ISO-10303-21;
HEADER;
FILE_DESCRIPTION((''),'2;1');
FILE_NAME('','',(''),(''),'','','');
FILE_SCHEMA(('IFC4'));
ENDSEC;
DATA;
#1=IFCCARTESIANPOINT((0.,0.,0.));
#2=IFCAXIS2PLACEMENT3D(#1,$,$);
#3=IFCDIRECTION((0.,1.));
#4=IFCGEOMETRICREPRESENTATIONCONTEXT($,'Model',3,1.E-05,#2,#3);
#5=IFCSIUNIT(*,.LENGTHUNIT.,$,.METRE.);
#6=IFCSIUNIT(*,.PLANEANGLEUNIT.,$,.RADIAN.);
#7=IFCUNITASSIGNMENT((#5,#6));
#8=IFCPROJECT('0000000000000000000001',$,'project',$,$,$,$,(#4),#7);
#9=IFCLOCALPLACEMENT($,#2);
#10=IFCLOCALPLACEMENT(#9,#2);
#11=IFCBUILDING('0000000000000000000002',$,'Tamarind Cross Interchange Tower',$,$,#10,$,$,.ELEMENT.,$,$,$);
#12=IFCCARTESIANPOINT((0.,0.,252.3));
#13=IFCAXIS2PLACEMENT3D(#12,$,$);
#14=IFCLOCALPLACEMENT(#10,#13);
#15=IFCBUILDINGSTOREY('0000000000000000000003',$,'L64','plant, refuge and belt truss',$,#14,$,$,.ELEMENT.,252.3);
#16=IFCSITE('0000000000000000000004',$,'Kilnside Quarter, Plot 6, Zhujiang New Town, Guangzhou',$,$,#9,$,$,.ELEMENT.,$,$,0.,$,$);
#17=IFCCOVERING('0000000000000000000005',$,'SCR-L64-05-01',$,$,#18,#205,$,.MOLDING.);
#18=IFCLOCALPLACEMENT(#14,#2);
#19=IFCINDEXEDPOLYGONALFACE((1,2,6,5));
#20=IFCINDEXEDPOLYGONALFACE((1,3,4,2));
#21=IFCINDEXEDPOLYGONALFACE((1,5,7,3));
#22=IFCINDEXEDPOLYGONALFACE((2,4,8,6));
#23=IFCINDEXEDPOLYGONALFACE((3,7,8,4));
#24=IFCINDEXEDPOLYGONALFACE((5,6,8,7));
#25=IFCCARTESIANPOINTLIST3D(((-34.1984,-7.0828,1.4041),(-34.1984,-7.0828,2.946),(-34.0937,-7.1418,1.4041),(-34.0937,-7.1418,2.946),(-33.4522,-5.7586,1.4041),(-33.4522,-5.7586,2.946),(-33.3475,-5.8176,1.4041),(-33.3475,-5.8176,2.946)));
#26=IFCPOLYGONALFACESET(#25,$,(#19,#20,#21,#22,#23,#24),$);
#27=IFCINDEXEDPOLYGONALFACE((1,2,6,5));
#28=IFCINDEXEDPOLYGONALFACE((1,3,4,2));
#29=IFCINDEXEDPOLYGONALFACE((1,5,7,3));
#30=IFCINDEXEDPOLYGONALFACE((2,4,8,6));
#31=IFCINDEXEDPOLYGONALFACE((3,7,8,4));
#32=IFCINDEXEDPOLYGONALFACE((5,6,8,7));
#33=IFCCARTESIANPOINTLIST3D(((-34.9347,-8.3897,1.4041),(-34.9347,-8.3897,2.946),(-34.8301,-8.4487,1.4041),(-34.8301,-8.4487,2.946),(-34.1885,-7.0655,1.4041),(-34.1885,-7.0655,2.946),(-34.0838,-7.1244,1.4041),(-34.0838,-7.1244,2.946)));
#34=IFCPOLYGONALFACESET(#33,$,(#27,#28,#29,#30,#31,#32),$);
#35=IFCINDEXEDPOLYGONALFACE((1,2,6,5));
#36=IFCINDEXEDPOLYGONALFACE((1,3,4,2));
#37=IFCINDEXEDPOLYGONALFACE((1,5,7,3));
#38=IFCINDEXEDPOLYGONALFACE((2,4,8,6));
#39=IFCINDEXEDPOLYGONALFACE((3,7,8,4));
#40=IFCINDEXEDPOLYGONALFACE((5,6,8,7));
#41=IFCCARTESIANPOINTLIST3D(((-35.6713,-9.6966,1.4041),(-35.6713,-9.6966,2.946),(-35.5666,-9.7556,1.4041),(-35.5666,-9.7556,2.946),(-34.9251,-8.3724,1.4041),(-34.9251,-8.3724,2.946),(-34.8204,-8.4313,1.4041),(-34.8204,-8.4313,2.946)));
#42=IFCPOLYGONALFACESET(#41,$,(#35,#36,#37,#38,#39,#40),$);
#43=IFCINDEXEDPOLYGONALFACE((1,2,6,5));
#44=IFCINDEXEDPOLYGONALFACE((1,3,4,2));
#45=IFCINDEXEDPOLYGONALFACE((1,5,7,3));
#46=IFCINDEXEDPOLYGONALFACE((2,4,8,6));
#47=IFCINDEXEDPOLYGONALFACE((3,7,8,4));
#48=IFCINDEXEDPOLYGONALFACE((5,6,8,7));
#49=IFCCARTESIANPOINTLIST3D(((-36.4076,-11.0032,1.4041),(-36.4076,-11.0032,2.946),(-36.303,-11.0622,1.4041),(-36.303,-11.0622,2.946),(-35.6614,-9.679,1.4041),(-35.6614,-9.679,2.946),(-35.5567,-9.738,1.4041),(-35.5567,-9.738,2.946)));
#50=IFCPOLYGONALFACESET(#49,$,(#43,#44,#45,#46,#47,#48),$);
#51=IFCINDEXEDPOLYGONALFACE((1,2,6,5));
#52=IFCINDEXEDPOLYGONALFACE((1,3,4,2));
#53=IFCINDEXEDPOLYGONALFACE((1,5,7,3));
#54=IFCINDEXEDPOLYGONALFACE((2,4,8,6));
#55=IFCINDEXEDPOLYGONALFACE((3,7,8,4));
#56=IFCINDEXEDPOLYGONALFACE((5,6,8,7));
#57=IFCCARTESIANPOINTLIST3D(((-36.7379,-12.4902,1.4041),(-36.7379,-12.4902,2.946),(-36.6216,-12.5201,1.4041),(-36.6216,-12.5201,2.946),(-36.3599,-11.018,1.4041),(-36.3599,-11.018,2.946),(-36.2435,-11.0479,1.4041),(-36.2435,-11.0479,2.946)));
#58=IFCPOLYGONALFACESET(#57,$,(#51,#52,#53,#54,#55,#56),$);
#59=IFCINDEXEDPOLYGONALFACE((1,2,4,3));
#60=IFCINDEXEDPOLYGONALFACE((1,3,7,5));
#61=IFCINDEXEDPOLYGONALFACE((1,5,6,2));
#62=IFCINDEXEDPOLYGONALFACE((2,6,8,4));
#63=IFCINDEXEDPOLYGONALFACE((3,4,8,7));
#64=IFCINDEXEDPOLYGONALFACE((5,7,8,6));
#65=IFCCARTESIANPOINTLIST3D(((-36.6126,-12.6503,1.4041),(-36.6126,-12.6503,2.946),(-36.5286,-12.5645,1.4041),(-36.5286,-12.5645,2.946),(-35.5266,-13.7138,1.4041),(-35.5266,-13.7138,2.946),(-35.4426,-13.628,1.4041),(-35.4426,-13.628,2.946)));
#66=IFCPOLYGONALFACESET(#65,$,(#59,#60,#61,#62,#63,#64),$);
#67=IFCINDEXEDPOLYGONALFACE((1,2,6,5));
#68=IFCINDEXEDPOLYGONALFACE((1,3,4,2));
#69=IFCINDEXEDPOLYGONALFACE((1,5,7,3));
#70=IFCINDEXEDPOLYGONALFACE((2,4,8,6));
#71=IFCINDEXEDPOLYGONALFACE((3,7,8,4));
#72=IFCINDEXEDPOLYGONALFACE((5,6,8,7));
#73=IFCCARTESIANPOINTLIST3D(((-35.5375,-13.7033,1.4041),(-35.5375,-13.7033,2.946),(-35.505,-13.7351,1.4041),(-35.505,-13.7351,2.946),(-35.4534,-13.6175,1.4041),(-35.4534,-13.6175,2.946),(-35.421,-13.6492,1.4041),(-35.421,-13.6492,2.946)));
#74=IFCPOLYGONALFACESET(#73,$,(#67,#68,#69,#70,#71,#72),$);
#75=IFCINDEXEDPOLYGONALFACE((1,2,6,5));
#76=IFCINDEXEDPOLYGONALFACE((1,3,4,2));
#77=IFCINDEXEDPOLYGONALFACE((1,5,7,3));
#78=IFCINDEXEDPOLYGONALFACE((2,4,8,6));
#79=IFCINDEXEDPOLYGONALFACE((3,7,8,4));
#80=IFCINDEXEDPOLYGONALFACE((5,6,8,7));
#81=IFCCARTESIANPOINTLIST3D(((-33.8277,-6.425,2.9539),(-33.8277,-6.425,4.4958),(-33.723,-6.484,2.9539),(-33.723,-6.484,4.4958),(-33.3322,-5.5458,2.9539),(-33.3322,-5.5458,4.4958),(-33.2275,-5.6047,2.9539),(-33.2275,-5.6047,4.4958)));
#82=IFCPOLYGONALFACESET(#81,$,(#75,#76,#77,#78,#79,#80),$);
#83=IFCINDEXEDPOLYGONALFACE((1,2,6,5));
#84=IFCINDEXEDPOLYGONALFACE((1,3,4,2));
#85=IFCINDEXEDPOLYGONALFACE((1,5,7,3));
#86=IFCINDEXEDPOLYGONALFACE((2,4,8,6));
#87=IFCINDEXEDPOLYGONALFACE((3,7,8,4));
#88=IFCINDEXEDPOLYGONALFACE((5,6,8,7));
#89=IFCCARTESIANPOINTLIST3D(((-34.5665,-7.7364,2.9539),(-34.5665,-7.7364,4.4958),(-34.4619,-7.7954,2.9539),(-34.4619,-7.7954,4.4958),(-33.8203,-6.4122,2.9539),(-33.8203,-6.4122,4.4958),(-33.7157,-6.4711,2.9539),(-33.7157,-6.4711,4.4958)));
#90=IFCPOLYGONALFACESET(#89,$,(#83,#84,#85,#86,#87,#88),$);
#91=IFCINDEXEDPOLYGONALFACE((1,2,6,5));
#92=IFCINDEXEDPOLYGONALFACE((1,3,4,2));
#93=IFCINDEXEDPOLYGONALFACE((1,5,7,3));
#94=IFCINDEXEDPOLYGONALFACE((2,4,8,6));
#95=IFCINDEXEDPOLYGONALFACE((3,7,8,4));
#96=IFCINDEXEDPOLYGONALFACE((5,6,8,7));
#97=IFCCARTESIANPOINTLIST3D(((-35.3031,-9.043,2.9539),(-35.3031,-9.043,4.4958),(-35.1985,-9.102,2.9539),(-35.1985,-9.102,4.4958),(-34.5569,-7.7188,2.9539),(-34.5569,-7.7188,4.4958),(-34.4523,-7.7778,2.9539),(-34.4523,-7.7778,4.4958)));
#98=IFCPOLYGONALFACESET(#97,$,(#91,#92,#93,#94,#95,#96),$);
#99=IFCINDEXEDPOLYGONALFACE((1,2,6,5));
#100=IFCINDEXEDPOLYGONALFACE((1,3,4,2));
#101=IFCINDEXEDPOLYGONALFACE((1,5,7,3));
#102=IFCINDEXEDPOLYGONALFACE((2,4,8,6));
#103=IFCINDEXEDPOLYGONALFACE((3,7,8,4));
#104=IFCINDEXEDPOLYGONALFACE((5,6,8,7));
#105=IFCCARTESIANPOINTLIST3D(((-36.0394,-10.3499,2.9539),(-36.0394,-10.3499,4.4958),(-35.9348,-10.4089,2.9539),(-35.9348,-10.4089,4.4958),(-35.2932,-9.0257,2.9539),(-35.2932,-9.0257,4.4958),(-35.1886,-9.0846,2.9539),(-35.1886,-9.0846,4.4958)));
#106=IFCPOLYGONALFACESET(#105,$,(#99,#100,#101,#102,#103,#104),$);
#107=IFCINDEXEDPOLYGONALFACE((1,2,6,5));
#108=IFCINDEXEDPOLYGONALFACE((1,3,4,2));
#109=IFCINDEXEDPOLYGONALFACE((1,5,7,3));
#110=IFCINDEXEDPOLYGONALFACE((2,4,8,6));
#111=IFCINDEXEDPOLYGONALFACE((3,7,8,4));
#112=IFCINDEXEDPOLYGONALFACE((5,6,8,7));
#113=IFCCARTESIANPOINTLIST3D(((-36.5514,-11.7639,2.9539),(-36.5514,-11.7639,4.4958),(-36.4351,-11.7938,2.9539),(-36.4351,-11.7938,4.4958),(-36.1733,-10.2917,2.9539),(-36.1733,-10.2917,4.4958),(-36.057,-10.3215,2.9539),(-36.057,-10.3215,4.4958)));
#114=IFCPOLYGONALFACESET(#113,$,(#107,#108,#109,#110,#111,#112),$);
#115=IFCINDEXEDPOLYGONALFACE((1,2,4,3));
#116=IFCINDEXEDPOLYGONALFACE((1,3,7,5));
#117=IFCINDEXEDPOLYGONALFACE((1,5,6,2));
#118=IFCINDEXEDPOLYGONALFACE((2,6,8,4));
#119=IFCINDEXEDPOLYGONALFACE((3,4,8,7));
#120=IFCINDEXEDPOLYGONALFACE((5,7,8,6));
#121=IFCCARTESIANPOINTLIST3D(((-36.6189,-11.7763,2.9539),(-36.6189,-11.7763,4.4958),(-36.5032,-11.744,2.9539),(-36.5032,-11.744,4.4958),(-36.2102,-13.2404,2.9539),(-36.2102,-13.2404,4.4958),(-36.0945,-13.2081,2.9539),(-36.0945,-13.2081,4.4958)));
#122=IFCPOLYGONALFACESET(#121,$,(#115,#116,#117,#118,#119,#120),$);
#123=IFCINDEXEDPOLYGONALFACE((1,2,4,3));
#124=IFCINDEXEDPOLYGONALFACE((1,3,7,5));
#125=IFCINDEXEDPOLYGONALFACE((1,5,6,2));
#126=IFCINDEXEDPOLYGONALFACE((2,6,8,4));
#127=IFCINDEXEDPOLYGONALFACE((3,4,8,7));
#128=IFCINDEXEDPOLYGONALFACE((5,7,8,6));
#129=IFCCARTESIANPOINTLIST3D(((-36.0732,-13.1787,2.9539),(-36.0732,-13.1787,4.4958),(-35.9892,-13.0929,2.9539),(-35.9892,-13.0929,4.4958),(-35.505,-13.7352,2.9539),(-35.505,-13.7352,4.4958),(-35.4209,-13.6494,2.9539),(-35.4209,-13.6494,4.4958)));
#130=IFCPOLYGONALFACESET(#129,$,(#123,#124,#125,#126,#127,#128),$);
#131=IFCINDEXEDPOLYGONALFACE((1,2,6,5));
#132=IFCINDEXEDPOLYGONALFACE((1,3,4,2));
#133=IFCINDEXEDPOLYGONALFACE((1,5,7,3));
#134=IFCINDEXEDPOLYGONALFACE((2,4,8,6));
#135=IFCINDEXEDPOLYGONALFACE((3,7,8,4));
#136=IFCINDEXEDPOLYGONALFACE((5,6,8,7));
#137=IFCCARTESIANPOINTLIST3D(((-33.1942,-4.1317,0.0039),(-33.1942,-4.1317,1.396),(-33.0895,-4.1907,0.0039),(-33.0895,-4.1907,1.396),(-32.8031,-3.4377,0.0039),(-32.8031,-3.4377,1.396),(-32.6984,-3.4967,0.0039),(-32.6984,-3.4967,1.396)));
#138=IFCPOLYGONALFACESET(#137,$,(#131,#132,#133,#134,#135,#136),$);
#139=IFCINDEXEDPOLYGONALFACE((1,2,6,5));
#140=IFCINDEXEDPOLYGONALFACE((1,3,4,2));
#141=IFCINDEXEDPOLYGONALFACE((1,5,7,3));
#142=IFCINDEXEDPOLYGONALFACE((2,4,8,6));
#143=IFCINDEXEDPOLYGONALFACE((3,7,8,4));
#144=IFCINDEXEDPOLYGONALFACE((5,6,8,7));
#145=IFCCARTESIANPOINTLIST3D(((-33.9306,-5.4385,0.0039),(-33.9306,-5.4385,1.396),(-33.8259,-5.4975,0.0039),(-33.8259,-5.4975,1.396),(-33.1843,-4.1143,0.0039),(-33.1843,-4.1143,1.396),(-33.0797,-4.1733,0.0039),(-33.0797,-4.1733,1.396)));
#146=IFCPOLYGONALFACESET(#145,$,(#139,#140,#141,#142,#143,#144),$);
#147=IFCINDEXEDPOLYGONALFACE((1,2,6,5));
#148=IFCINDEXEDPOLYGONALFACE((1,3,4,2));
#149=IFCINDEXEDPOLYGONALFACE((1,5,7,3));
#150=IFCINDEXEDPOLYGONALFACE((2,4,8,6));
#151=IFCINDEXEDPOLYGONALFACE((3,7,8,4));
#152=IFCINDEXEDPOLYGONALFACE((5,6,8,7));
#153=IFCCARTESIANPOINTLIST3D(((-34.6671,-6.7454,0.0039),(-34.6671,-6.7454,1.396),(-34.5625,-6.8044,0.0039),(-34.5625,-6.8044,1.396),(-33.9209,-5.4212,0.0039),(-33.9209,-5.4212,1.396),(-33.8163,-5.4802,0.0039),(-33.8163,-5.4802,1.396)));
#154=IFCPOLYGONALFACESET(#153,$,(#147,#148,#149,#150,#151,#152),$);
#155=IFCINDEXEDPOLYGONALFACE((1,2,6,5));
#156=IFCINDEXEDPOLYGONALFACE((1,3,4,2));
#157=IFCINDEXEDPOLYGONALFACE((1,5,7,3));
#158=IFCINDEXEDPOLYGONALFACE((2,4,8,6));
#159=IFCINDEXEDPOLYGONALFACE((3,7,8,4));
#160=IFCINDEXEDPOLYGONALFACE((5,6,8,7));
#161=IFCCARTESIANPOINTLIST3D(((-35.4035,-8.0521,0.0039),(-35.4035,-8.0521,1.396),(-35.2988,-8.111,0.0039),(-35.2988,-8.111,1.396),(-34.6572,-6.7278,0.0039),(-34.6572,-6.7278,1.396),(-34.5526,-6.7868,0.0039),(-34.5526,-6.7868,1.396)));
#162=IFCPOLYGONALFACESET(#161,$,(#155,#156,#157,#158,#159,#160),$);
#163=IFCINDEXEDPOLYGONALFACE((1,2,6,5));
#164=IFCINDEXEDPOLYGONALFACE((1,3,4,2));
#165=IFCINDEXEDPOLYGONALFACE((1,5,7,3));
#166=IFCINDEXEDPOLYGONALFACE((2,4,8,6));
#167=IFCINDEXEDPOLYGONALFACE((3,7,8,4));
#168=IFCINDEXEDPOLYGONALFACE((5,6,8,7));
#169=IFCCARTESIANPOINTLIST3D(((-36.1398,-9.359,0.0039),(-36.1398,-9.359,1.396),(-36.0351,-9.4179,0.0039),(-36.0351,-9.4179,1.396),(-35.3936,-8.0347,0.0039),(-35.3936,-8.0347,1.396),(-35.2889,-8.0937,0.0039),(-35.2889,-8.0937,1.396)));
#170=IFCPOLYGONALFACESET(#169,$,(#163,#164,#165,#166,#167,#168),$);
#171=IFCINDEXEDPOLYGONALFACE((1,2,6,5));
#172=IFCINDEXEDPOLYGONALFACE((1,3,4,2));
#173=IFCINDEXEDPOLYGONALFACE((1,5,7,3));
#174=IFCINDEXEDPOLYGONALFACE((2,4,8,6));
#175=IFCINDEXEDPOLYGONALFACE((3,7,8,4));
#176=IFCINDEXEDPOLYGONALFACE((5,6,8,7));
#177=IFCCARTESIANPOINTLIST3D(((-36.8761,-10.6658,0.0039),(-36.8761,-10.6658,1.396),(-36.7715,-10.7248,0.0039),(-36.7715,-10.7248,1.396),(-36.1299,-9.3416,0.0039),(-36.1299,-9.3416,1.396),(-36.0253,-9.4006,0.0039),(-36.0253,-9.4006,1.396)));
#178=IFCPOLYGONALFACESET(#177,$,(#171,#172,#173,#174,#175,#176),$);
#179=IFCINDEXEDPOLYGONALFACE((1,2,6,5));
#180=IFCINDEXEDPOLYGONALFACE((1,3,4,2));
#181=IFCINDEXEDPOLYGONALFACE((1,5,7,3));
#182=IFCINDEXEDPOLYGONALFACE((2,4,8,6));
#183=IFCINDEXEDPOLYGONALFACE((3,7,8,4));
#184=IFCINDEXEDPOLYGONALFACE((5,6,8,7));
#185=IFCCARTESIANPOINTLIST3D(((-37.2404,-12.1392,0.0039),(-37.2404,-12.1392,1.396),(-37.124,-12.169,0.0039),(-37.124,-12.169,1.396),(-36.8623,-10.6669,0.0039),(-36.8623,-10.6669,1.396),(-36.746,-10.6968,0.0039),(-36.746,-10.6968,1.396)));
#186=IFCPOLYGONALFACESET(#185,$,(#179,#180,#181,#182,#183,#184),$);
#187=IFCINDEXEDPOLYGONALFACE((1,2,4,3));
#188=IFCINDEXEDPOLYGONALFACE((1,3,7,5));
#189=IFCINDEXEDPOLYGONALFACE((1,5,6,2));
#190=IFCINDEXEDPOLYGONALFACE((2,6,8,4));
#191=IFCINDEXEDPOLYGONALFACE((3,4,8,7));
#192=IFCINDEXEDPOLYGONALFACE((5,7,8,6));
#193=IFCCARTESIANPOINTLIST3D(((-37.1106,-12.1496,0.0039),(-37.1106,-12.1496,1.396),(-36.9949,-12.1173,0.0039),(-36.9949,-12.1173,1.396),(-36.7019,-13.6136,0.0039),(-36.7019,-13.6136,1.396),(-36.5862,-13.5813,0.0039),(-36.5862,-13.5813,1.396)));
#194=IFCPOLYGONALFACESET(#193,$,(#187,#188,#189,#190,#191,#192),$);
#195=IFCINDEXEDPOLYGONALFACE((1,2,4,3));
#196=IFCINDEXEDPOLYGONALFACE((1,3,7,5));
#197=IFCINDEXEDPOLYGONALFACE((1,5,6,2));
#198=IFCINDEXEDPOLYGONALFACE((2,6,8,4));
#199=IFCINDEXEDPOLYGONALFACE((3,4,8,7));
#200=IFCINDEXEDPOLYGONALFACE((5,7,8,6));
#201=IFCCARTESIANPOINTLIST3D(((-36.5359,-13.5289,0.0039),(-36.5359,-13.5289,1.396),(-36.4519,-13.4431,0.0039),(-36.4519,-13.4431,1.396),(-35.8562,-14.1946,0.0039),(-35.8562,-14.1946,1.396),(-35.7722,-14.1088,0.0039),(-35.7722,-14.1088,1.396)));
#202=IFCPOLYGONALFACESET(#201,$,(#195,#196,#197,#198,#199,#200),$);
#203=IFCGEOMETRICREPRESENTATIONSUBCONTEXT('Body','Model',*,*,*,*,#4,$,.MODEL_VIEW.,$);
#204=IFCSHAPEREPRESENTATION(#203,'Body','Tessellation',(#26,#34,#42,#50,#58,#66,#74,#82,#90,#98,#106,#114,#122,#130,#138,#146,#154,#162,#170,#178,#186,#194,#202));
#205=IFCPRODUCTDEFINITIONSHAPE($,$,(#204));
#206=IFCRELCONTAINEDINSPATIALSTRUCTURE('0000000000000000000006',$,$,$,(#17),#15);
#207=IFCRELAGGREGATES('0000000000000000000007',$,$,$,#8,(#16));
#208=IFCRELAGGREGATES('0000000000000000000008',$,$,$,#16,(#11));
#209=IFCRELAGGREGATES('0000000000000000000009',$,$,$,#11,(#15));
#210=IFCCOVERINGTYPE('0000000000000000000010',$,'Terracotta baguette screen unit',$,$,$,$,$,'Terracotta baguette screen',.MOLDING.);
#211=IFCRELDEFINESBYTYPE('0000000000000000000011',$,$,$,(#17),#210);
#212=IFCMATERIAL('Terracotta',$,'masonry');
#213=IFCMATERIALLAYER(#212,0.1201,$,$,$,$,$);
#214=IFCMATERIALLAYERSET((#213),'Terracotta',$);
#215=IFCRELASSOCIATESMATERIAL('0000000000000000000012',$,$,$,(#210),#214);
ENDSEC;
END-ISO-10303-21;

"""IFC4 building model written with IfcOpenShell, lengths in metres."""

from ifc_helpers import new_model, si_unit, direction, frame, origin, origin_2d, place, context, subcontext, project, spatial, rectangle, extrude, material, layer, layer_set, type_object, element, save


model = new_model("IFC4")

# Units and contexts
model_context = context("Model", 3, precision=1e-05, world=origin(), true_north=direction((0.0, 1.0)))
body_context = subcontext(model_context, "Body", "Model", "MODEL_VIEW")
ifc_project = project(units=[si_unit("LENGTHUNIT", "METRE"), si_unit("PLANEANGLEUNIT", "RADIAN")], contexts=[model_context])

# Site, building, storey
site_placement = place(None, origin())
site = spatial("IfcSite", under=ifc_project, at=site_placement, Name="Kilnside Quarter, Plot 6, Zhujiang New Town, Guangzhou", CompositionType="ELEMENT", RefElevation=0.0)
building_placement = place(site_placement, origin())
building = spatial("IfcBuilding", under=site, at=building_placement, Name="Tamarind Cross Interchange Tower", CompositionType="ELEMENT")
storey_placement = place(building_placement, frame((0.0, 0.0, 252.3)))
storey = spatial("IfcBuildingStorey", under=building, at=storey_placement, Name="L64", Description="plant, refuge and belt truss", CompositionType="ELEMENT", Elevation=252.3)

# Covering
ifc_material_1 = material(Name="Terracotta", Category="masonry")
ifc_layer_1 = layer(ifc_material_1, 0.1201)
ifc_layer_set_1 = layer_set([ifc_layer_1], Name="Terracotta")
covering_type = type_object("IfcCoveringType", Name="Terracotta baguette screen unit", ElementType="Terracotta baguette screen", PredefinedType="MOLDING", material=ifc_layer_set_1)
covering_1_placement = place(storey_placement, origin())
element("IfcCovering", 1, at=covering_1_placement, inside=storey, type_object=covering_type, Name="SCR-L64-05-01", PredefinedType="MOLDING", context=body_context, shape_type="SweptSolid", body=[
    extrude(rectangle(XDim=1.52, YDim=0.1201, at=origin_2d()), frame((-33.7729, -6.4502, 1.4041), z_axis=(0.0, 0.0, 1.0), x_axis=(-0.490928, -0.8712, 0.0)), (0.0, 0.0, 1.0), 1.542),
    extrude(rectangle(XDim=1.52, YDim=0.1201, at=origin_2d()), frame((-34.5093, -7.7571, 1.4041), z_axis=(0.0, 0.0, 1.0), x_axis=(-0.490928, -0.8712, 0.0)), (0.0, 0.0, 1.0), 1.542),
    extrude(rectangle(XDim=1.52, YDim=0.1201, at=origin_2d()), frame((-35.2458, -9.064, 1.4041), z_axis=(0.0, 0.0, 1.0), x_axis=(-0.490928, -0.8712, 0.0)), (0.0, 0.0, 1.0), 1.542),
    extrude(rectangle(XDim=1.52, YDim=0.1201, at=origin_2d()), frame((-35.9822, -10.3706, 1.4041), z_axis=(0.0, 0.0, 1.0), x_axis=(-0.490928, -0.8712, 0.0)), (0.0, 0.0, 1.0), 1.542),
    extrude(rectangle(XDim=1.52, YDim=0.1201, at=origin_2d()), frame((-36.4907, -11.769, 1.4041), z_axis=(0.0, 0.0, 1.0), x_axis=(-0.248717, -0.968576, 0.0)), (0.0, 0.0, 1.0), 1.542),
    extrude(rectangle(XDim=1.52, YDim=0.1201, at=origin_2d()), frame((-36.0276, -13.1392, 1.4041), z_axis=(0.0, 0.0, 1.0), x_axis=(0.714453, -0.699683, 0.0)), (0.0, 0.0, 1.0), 1.542),
    extrude(rectangle(XDim=0.0454, YDim=0.1201, at=origin_2d()), frame((-35.4792, -13.6763, 1.4041), z_axis=(0.0, 0.0, 1.0), x_axis=(0.714453, -0.699683, 0.0)), (0.0, 0.0, 1.0), 1.542),
    extrude(rectangle(XDim=1.0093, YDim=0.1201, at=origin_2d()), frame((-33.5276, -6.0149, 2.9539), z_axis=(0.0, 0.0, 1.0), x_axis=(-0.490928, -0.8712, 0.0)), (0.0, 0.0, 1.0), 1.542),
    extrude(rectangle(XDim=1.52, YDim=0.1201, at=origin_2d()), frame((-34.1411, -7.1038, 2.9539), z_axis=(0.0, 0.0, 1.0), x_axis=(-0.490928, -0.8712, 0.0)), (0.0, 0.0, 1.0), 1.542),
    extrude(rectangle(XDim=1.52, YDim=0.1201, at=origin_2d()), frame((-34.8777, -8.4104, 2.9539), z_axis=(0.0, 0.0, 1.0), x_axis=(-0.490928, -0.8712, 0.0)), (0.0, 0.0, 1.0), 1.542),
    extrude(rectangle(XDim=1.52, YDim=0.1201, at=origin_2d()), frame((-35.614, -9.7173, 2.9539), z_axis=(0.0, 0.0, 1.0), x_axis=(-0.490928, -0.8712, 0.0)), (0.0, 0.0, 1.0), 1.542),
    extrude(rectangle(XDim=1.52, YDim=0.1201, at=origin_2d()), frame((-36.3042, -11.0427, 2.9539), z_axis=(0.0, 0.0, 1.0), x_axis=(-0.248717, -0.968576, 0.0)), (0.0, 0.0, 1.0), 1.542),
    extrude(rectangle(XDim=1.52, YDim=0.1201, at=origin_2d()), frame((-36.3567, -12.4922, 2.9539), z_axis=(0.0, 0.0, 1.0), x_axis=(0.268893, -0.96317, 0.0)), (0.0, 0.0, 1.0), 1.542),
    extrude(rectangle(XDim=0.7954, YDim=0.1201, at=origin_2d()), frame((-35.7471, -13.4141, 2.9539), z_axis=(0.0, 0.0, 1.0), x_axis=(0.714453, -0.699683, 0.0)), (0.0, 0.0, 1.0), 1.542),
    extrude(rectangle(XDim=0.7966, YDim=0.1201, at=origin_2d()), frame((-32.9463, -3.8142, 0.0039), z_axis=(0.0, 0.0, 1.0), x_axis=(-0.490928, -0.8712, 0.0)), (0.0, 0.0, 1.0), 1.3921),
    extrude(rectangle(XDim=1.52, YDim=0.1201, at=origin_2d()), frame((-33.5051, -4.8059, 0.0039), z_axis=(0.0, 0.0, 1.0), x_axis=(-0.490928, -0.8712, 0.0)), (0.0, 0.0, 1.0), 1.3921),
    extrude(rectangle(XDim=1.52, YDim=0.1201, at=origin_2d()), frame((-34.2417, -6.1128, 0.0039), z_axis=(0.0, 0.0, 1.0), x_axis=(-0.490928, -0.8712, 0.0)), (0.0, 0.0, 1.0), 1.3921),
    extrude(rectangle(XDim=1.52, YDim=0.1201, at=origin_2d()), frame((-34.978, -7.4194, 0.0039), z_axis=(0.0, 0.0, 1.0), x_axis=(-0.490928, -0.8712, 0.0)), (0.0, 0.0, 1.0), 1.3921),
    extrude(rectangle(XDim=1.52, YDim=0.1201, at=origin_2d()), frame((-35.7144, -8.7263, 0.0039), z_axis=(0.0, 0.0, 1.0), x_axis=(-0.490928, -0.8712, 0.0)), (0.0, 0.0, 1.0), 1.3921),
    extrude(rectangle(XDim=1.52, YDim=0.1201, at=origin_2d()), frame((-36.4507, -10.0332, 0.0039), z_axis=(0.0, 0.0, 1.0), x_axis=(-0.490928, -0.8712, 0.0)), (0.0, 0.0, 1.0), 1.3921),
    extrude(rectangle(XDim=1.52, YDim=0.1201, at=origin_2d()), frame((-36.9932, -11.418, 0.0039), z_axis=(0.0, 0.0, 1.0), x_axis=(-0.248717, -0.968576, 0.0)), (0.0, 0.0, 1.0), 1.3921),
    extrude(rectangle(XDim=1.52, YDim=0.1201, at=origin_2d()), frame((-36.8484, -12.8655, 0.0039), z_axis=(0.0, 0.0, 1.0), x_axis=(0.268893, -0.96317, 0.0)), (0.0, 0.0, 1.0), 1.3921),
    extrude(rectangle(XDim=0.9514, YDim=0.1201, at=origin_2d()), frame((-36.1541, -13.8188, 0.0039), z_axis=(0.0, 0.0, 1.0), x_axis=(0.714453, -0.699683, 0.0)), (0.0, 0.0, 1.0), 1.3921),
])

save(model, "model.ifc")
